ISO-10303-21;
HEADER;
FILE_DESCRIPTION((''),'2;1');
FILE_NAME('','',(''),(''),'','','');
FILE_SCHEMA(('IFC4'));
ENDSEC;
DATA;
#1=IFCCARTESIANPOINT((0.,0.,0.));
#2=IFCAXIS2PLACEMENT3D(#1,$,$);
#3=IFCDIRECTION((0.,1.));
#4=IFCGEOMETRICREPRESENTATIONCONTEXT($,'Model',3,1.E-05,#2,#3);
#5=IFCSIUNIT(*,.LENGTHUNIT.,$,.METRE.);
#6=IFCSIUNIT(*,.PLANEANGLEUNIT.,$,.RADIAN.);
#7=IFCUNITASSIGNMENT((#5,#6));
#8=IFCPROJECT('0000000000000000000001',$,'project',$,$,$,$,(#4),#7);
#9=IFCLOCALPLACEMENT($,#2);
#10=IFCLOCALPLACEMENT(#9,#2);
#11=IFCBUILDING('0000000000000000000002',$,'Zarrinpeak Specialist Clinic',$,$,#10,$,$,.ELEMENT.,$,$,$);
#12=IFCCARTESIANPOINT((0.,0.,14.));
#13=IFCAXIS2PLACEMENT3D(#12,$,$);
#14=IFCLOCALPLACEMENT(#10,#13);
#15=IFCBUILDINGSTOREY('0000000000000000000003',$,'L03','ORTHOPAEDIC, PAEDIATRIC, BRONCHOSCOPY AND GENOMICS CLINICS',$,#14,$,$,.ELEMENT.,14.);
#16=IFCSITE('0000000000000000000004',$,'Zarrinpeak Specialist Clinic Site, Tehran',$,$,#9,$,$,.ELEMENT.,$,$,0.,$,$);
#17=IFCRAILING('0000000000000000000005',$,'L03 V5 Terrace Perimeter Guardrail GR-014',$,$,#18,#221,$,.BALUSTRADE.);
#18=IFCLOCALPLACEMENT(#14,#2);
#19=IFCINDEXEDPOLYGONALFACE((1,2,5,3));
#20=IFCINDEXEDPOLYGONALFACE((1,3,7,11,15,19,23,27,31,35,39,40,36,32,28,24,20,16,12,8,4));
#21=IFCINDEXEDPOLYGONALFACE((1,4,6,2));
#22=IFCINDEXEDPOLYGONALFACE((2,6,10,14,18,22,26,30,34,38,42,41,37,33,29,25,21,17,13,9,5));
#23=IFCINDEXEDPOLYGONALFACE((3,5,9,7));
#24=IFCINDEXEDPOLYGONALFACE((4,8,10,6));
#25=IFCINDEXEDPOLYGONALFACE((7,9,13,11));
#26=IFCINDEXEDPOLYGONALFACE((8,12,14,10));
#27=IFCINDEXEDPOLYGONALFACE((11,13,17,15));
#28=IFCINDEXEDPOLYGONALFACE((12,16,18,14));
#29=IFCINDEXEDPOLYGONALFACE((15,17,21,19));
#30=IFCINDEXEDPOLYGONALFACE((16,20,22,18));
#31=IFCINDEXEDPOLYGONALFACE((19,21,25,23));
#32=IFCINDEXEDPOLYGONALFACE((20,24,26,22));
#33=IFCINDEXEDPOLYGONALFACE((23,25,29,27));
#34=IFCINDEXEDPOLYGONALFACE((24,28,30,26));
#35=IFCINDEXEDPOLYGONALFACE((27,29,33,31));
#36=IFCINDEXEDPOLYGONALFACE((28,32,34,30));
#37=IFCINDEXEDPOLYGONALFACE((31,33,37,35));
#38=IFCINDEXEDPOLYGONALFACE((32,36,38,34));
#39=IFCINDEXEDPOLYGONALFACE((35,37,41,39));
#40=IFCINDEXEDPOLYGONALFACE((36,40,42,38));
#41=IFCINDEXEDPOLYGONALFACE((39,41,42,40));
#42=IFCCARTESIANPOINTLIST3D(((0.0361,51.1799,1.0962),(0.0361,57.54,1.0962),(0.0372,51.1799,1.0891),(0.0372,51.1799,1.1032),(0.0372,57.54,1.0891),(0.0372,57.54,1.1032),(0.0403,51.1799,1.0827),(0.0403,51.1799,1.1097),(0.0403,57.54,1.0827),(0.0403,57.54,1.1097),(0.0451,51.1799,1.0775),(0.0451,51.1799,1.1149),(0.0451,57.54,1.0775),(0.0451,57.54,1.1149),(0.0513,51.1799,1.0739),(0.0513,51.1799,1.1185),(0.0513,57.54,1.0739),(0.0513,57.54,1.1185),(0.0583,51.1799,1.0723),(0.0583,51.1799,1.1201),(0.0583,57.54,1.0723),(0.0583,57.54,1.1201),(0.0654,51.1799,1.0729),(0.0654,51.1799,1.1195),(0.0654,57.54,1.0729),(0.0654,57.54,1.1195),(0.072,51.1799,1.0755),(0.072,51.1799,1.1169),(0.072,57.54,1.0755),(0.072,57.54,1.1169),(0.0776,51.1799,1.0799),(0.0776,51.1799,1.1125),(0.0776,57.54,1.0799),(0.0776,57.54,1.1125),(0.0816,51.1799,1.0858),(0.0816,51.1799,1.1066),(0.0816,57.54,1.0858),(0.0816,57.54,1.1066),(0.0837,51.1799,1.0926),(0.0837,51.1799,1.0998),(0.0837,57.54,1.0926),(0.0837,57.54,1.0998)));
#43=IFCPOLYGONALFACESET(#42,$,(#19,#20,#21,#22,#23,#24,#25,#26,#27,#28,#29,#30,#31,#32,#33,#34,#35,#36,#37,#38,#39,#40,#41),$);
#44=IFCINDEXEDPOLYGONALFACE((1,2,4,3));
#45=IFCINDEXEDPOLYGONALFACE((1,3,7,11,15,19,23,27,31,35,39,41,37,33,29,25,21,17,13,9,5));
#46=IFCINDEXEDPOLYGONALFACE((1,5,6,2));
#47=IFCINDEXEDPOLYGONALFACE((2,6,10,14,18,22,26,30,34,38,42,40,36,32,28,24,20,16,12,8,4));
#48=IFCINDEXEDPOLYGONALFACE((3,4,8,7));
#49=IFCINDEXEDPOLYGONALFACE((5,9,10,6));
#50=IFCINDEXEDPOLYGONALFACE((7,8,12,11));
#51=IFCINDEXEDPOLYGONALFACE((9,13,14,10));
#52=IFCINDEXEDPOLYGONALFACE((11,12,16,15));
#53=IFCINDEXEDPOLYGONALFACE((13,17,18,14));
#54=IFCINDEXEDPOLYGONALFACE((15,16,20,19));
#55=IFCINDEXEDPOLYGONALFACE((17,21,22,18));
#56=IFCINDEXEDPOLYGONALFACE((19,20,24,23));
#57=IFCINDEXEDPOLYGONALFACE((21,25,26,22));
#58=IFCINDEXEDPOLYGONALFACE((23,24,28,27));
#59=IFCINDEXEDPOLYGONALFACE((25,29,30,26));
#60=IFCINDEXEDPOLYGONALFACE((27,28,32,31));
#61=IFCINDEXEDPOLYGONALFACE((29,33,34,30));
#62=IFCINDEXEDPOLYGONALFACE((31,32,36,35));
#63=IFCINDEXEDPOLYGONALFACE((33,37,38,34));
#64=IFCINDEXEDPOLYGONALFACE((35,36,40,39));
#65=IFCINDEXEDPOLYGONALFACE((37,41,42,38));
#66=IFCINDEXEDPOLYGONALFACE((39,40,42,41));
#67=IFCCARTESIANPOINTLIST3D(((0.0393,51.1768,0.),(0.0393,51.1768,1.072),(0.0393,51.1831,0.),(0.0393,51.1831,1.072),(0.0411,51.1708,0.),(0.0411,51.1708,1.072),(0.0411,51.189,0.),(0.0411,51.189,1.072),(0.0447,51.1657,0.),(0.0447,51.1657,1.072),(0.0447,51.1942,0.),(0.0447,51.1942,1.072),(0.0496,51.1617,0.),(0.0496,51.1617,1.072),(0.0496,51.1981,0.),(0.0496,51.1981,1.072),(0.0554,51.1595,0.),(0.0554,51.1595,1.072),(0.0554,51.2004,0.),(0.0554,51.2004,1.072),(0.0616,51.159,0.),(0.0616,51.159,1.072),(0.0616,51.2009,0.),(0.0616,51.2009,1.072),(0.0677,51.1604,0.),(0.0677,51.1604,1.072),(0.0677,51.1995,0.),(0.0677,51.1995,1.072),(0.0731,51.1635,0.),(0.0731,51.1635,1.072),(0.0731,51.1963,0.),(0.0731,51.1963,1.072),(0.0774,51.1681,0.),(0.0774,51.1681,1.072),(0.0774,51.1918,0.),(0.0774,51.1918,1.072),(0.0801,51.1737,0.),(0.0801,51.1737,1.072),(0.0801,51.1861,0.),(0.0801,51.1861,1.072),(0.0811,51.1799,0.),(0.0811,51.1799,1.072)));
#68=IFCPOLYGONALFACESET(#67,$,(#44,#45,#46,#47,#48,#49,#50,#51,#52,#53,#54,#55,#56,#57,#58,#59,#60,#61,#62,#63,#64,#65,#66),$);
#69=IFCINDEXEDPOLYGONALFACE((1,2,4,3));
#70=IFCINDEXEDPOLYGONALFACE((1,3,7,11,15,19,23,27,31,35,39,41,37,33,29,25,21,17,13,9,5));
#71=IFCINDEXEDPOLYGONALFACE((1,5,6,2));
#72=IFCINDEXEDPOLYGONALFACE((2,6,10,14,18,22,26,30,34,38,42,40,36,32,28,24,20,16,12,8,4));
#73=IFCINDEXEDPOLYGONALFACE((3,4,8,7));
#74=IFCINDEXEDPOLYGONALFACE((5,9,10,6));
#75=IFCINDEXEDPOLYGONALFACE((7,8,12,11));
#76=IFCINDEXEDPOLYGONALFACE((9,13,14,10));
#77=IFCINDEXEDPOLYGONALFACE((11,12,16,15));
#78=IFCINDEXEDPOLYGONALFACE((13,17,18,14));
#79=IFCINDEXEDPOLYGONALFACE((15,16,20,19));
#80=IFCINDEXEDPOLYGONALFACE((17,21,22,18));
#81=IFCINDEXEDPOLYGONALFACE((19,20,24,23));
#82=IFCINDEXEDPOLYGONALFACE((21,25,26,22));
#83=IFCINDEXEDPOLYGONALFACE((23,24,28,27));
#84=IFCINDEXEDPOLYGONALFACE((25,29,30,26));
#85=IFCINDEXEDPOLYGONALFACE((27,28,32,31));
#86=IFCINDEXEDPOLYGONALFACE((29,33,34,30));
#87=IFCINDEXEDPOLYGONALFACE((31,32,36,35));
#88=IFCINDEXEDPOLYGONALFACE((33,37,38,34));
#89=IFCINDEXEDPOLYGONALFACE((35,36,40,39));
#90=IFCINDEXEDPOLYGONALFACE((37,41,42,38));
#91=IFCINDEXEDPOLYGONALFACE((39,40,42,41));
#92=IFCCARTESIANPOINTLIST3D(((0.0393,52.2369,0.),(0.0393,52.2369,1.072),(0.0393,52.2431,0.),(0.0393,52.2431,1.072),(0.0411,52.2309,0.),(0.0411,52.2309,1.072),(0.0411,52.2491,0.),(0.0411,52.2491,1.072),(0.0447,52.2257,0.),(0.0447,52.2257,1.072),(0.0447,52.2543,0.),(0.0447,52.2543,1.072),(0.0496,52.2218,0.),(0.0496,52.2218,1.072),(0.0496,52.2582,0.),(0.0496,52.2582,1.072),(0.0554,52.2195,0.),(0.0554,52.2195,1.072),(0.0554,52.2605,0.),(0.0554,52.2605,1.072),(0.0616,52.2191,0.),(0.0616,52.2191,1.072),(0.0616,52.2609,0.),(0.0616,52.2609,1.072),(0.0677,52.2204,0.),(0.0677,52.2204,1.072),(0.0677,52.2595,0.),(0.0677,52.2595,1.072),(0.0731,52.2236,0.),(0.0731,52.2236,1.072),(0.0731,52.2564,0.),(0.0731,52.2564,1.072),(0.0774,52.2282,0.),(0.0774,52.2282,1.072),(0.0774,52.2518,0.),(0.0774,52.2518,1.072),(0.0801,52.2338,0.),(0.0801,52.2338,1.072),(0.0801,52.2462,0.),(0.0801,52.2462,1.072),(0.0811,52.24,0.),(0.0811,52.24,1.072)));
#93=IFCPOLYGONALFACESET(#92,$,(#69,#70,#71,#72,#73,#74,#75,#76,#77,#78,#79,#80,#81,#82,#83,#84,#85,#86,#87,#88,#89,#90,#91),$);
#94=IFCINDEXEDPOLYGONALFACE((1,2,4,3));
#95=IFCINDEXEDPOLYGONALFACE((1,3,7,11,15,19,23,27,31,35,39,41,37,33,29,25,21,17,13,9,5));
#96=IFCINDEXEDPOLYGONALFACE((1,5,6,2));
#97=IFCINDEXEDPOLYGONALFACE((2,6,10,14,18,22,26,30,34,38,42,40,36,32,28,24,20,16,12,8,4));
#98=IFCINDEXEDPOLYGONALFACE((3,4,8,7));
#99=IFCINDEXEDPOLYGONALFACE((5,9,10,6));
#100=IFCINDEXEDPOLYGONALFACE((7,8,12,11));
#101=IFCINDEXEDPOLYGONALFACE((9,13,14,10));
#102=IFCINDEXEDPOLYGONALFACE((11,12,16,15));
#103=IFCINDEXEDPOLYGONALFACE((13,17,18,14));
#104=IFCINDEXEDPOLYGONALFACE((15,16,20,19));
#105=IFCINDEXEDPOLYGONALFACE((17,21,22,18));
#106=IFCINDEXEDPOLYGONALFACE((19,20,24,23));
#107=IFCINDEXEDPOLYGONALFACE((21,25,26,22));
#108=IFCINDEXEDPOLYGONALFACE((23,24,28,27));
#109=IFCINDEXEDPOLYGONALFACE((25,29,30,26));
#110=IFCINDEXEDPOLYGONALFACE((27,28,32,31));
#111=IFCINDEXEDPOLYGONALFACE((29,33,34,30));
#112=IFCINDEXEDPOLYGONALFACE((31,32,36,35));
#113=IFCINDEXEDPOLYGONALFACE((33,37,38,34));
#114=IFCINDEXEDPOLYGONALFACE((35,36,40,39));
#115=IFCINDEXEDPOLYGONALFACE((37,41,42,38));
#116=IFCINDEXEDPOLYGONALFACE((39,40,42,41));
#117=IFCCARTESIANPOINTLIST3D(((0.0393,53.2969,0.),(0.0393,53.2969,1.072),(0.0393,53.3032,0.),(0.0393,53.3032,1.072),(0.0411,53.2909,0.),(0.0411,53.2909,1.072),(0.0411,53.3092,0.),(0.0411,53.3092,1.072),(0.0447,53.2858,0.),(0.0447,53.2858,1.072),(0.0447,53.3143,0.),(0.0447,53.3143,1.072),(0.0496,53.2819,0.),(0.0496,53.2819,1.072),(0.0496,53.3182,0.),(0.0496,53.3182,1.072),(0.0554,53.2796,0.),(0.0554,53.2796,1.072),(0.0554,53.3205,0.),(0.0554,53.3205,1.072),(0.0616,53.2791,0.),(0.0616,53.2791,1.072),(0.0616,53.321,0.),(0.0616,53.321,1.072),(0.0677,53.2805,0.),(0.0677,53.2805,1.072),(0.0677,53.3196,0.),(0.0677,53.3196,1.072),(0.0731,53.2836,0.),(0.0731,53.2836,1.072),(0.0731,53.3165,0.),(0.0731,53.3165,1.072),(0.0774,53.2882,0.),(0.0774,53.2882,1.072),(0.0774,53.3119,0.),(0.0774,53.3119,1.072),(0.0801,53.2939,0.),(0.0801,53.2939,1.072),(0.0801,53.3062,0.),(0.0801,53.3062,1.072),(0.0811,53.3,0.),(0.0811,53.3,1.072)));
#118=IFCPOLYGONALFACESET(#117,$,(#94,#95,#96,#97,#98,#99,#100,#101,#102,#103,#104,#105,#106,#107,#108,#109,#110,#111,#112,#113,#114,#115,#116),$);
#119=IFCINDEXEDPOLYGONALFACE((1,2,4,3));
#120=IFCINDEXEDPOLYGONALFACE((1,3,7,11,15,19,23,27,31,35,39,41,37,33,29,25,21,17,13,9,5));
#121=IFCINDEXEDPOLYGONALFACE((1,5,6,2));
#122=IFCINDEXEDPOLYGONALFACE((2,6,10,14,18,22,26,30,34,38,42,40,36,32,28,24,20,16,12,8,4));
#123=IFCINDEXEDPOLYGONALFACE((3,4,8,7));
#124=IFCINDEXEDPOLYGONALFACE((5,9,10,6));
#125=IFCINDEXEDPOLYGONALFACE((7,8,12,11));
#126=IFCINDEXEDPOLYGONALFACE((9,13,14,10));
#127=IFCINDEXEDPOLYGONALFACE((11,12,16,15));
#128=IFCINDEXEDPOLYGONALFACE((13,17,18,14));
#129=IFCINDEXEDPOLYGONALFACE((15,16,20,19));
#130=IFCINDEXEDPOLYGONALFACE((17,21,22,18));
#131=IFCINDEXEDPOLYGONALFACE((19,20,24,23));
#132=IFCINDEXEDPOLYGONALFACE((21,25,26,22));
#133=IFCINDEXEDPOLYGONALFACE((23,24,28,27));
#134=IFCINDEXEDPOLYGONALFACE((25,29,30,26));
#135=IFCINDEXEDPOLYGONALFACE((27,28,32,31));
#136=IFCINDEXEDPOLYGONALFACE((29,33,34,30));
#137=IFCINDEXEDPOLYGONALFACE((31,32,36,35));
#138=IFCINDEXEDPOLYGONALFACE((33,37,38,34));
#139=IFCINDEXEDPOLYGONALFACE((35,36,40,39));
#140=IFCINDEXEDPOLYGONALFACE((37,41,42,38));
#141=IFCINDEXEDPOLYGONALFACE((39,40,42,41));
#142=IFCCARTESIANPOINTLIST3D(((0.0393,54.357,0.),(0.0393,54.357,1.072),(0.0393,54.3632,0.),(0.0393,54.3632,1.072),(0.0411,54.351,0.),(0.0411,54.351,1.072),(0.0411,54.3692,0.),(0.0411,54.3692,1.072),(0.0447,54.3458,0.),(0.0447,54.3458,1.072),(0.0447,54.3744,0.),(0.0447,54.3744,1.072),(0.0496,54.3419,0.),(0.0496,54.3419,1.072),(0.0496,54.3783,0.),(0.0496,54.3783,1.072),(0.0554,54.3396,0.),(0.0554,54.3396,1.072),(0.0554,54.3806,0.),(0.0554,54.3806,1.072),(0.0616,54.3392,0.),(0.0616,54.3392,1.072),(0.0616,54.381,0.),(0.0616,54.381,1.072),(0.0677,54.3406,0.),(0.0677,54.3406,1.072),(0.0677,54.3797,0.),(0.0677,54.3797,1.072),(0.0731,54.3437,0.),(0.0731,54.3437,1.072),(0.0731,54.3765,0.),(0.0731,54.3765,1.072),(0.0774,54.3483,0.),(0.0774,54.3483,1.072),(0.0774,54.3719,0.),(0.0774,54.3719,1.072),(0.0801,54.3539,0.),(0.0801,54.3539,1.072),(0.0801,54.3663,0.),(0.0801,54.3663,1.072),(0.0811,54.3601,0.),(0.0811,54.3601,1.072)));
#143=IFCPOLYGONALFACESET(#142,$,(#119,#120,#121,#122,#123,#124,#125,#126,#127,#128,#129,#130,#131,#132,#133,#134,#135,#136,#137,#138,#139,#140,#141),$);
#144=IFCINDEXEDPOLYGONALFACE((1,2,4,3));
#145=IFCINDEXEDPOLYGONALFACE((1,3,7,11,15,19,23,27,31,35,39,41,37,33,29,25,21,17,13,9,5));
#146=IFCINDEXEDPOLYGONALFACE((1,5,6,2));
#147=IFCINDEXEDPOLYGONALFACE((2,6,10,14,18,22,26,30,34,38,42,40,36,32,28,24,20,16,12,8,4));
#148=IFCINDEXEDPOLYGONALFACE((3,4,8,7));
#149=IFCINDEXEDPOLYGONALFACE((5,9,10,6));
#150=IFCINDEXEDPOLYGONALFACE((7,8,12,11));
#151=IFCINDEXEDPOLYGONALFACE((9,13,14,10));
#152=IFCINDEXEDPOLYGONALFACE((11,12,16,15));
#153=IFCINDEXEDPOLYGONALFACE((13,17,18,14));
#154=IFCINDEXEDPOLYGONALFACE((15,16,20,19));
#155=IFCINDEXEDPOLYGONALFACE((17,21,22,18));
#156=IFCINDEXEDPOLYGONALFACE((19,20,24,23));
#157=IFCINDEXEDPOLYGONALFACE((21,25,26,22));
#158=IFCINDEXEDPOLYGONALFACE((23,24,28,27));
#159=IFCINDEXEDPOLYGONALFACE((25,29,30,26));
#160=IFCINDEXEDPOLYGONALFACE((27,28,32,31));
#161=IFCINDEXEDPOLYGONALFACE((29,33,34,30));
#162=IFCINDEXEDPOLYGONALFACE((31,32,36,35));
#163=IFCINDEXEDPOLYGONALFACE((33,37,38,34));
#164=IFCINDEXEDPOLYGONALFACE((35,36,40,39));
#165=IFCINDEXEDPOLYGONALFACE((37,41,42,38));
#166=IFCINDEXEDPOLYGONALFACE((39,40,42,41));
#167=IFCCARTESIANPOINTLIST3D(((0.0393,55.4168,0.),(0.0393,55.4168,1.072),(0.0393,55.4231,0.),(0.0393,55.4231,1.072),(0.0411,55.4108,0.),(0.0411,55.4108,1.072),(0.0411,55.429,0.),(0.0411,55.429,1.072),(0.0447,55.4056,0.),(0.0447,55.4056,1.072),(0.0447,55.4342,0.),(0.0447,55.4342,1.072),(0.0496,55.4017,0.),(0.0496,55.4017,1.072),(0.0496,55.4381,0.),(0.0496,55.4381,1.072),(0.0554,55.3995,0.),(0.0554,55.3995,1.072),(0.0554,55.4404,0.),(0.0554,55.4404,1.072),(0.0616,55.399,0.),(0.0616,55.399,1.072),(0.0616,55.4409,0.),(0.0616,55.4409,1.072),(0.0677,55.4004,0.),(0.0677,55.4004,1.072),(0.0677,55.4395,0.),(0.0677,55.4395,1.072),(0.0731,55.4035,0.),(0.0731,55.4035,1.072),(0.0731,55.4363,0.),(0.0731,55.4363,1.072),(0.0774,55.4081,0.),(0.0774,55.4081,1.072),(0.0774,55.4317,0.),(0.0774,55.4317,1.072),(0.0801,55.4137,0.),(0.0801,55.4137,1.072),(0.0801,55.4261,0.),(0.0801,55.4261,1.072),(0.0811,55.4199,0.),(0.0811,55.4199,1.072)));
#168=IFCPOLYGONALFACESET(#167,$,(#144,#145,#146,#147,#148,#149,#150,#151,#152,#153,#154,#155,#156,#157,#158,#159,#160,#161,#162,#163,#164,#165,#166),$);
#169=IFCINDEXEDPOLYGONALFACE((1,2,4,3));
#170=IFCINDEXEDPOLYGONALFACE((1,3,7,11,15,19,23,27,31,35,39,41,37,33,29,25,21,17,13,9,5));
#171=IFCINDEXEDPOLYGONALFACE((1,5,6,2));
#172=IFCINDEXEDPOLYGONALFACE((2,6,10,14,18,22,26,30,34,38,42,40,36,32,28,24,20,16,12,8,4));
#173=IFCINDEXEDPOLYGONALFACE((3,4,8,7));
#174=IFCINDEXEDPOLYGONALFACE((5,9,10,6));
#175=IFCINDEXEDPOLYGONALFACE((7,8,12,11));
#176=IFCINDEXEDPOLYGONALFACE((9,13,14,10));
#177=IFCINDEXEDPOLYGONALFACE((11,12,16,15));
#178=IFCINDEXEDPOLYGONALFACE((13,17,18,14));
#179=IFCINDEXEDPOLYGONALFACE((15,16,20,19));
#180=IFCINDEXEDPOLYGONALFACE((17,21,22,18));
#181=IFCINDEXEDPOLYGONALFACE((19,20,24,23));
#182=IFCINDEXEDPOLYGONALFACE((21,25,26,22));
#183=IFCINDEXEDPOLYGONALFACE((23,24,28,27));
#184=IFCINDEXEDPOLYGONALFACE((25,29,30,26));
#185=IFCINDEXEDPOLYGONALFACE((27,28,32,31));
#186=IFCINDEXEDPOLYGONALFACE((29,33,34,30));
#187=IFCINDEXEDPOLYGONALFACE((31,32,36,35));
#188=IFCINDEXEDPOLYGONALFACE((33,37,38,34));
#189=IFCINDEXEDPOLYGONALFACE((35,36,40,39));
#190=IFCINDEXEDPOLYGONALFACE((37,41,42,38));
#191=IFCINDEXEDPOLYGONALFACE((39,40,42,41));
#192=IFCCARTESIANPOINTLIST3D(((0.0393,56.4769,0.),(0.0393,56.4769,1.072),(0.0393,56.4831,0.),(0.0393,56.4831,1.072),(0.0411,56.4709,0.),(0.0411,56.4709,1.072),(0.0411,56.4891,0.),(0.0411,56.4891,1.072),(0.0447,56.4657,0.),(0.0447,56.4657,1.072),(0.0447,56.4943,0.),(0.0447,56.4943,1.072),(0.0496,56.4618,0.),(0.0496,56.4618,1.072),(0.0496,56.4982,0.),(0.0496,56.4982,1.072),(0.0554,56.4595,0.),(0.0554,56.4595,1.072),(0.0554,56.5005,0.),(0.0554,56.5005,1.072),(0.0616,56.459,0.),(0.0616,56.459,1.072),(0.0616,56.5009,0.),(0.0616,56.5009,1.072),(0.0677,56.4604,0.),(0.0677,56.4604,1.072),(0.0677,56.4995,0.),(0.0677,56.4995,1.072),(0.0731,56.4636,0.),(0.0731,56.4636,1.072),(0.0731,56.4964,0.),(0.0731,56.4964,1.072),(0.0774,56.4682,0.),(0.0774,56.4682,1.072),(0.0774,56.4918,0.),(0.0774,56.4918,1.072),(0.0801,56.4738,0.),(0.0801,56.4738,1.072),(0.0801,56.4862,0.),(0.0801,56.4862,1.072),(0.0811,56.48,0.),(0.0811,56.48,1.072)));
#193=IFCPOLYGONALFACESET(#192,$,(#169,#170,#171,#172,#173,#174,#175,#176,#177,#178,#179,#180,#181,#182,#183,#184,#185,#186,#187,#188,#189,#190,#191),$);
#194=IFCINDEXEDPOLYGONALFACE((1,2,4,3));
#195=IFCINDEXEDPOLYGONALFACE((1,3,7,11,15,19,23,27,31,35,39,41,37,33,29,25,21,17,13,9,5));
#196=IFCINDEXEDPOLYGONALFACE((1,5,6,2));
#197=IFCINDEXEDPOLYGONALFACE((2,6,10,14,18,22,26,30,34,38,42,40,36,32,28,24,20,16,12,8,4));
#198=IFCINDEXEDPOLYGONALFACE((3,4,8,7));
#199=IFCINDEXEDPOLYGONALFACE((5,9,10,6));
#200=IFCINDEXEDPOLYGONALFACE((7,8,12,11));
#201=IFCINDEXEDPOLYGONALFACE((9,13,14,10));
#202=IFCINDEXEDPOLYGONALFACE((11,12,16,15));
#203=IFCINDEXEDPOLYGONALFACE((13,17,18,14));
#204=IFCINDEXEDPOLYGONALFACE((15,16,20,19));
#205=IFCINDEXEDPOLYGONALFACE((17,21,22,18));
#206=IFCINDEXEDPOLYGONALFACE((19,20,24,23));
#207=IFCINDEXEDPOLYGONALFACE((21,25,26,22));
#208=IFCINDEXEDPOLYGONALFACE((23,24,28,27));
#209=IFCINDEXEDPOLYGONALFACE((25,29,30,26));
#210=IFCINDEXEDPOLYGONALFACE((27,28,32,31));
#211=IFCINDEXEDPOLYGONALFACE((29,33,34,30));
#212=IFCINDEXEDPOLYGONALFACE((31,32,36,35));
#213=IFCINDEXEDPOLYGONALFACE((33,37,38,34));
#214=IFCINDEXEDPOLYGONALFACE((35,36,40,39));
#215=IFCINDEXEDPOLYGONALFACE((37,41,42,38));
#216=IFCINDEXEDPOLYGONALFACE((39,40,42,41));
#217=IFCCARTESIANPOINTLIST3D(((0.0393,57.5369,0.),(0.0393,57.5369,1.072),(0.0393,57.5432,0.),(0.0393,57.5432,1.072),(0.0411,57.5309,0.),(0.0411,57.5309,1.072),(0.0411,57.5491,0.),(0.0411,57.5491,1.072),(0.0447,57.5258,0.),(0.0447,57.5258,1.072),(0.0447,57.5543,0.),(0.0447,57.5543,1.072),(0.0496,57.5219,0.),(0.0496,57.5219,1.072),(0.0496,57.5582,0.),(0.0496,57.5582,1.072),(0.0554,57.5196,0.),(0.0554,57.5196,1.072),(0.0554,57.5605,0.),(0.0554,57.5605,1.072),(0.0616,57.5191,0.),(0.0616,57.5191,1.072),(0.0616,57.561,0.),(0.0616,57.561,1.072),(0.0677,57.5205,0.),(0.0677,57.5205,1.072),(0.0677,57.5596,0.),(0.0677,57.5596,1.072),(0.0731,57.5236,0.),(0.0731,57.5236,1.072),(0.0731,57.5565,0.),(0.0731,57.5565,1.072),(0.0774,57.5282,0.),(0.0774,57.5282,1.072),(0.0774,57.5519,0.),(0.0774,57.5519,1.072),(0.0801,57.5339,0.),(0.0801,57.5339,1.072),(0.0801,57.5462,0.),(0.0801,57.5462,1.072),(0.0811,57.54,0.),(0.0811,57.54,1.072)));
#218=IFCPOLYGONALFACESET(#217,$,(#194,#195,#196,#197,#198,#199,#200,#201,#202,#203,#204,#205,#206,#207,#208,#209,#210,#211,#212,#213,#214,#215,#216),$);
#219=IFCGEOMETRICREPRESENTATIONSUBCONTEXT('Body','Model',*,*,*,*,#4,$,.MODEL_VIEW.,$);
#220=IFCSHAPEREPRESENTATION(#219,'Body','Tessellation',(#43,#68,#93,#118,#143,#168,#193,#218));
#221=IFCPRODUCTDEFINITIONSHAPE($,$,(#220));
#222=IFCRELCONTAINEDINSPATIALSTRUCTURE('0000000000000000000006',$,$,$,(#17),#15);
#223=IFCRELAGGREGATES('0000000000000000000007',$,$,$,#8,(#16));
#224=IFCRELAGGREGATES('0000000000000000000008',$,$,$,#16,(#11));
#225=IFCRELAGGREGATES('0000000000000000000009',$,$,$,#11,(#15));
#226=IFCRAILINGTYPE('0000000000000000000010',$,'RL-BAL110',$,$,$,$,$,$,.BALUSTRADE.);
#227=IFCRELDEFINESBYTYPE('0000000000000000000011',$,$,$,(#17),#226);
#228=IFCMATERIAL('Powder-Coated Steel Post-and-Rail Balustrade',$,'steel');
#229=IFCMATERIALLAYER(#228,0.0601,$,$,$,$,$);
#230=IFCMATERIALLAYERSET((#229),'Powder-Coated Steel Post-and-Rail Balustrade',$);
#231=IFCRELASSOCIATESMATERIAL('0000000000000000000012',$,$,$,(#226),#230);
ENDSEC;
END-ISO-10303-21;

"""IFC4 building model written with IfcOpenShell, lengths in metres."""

from ifc_helpers import new_model, si_unit, direction, frame, origin, origin_2d, place, context, subcontext, project, spatial, circle, extrude, material, layer, layer_set, type_object, element, save


model = new_model("IFC4")

# Units and contexts
model_context = context("Model", 3, precision=1e-05, world=origin(), true_north=direction((0.0, 1.0)))
body_context = subcontext(model_context, "Body", "Model", "MODEL_VIEW")
ifc_project = project(units=[si_unit("LENGTHUNIT", "METRE"), si_unit("PLANEANGLEUNIT", "RADIAN")], contexts=[model_context])

# Site, building, storey
site_placement = place(None, origin())
site = spatial("IfcSite", under=ifc_project, at=site_placement, Name="Zarrinpeak Specialist Clinic Site, Tehran", CompositionType="ELEMENT", RefElevation=0.0)
building_placement = place(site_placement, origin())
building = spatial("IfcBuilding", under=site, at=building_placement, Name="Zarrinpeak Specialist Clinic", CompositionType="ELEMENT")
storey_placement = place(building_placement, frame((0.0, 0.0, 14.0)))
storey = spatial("IfcBuildingStorey", under=building, at=storey_placement, Name="L03", Description="ORTHOPAEDIC, PAEDIATRIC, BRONCHOSCOPY AND GENOMICS CLINICS", CompositionType="ELEMENT", Elevation=14.0)

# Railing
ifc_material_1 = material(Name="Powder-Coated Steel Post-and-Rail Balustrade", Category="steel")
ifc_layer_1 = layer(ifc_material_1, 0.0601)
ifc_layer_set_1 = layer_set([ifc_layer_1], Name="Powder-Coated Steel Post-and-Rail Balustrade")
railing_type_1 = type_object("IfcRailingType", Name="RL-BAL110", PredefinedType="BALUSTRADE", material=ifc_layer_set_1)
railing_1_placement = place(storey_placement, frame((0.0601, 51.1799, 0.0)))
element("IfcRailing", 1, at=railing_1_placement, inside=storey, type_object=railing_type_1, Name="L03 V5 Terrace Perimeter Guardrail GR-014", PredefinedType="BALUSTRADE", context=body_context, shape_type="SweptSolid", body=[
    extrude(circle(Radius=0.0239, at=origin_2d()), frame((0.0, 0.0, 1.0962), z_axis=(0.0, 1.0, 0.0), x_axis=(-1.0, 0.0, 0.0)), (0.0, 0.0, 1.0), 6.3601),
    extrude(circle(Radius=0.021, at=origin_2d()), origin(), (0.0, 0.0, 1.0), 1.072),
    extrude(circle(Radius=0.021, at=origin_2d()), frame((0.0, 1.0601, 0.0)), (0.0, 0.0, 1.0), 1.072),
    extrude(circle(Radius=0.021, at=origin_2d()), frame((0.0, 2.1201, 0.0)), (0.0, 0.0, 1.0), 1.072),
    extrude(circle(Radius=0.021, at=origin_2d()), frame((0.0, 3.1802, 0.0)), (0.0, 0.0, 1.0), 1.072),
    extrude(circle(Radius=0.021, at=origin_2d()), frame((0.0, 4.24, 0.0)), (0.0, 0.0, 1.0), 1.072),
    extrude(circle(Radius=0.021, at=origin_2d()), frame((0.0, 5.3, 0.0)), (0.0, 0.0, 1.0), 1.072),
    extrude(circle(Radius=0.021, at=origin_2d()), frame((0.0, 6.3601, 0.0)), (0.0, 0.0, 1.0), 1.072),
])

save(model, "model.ifc")
